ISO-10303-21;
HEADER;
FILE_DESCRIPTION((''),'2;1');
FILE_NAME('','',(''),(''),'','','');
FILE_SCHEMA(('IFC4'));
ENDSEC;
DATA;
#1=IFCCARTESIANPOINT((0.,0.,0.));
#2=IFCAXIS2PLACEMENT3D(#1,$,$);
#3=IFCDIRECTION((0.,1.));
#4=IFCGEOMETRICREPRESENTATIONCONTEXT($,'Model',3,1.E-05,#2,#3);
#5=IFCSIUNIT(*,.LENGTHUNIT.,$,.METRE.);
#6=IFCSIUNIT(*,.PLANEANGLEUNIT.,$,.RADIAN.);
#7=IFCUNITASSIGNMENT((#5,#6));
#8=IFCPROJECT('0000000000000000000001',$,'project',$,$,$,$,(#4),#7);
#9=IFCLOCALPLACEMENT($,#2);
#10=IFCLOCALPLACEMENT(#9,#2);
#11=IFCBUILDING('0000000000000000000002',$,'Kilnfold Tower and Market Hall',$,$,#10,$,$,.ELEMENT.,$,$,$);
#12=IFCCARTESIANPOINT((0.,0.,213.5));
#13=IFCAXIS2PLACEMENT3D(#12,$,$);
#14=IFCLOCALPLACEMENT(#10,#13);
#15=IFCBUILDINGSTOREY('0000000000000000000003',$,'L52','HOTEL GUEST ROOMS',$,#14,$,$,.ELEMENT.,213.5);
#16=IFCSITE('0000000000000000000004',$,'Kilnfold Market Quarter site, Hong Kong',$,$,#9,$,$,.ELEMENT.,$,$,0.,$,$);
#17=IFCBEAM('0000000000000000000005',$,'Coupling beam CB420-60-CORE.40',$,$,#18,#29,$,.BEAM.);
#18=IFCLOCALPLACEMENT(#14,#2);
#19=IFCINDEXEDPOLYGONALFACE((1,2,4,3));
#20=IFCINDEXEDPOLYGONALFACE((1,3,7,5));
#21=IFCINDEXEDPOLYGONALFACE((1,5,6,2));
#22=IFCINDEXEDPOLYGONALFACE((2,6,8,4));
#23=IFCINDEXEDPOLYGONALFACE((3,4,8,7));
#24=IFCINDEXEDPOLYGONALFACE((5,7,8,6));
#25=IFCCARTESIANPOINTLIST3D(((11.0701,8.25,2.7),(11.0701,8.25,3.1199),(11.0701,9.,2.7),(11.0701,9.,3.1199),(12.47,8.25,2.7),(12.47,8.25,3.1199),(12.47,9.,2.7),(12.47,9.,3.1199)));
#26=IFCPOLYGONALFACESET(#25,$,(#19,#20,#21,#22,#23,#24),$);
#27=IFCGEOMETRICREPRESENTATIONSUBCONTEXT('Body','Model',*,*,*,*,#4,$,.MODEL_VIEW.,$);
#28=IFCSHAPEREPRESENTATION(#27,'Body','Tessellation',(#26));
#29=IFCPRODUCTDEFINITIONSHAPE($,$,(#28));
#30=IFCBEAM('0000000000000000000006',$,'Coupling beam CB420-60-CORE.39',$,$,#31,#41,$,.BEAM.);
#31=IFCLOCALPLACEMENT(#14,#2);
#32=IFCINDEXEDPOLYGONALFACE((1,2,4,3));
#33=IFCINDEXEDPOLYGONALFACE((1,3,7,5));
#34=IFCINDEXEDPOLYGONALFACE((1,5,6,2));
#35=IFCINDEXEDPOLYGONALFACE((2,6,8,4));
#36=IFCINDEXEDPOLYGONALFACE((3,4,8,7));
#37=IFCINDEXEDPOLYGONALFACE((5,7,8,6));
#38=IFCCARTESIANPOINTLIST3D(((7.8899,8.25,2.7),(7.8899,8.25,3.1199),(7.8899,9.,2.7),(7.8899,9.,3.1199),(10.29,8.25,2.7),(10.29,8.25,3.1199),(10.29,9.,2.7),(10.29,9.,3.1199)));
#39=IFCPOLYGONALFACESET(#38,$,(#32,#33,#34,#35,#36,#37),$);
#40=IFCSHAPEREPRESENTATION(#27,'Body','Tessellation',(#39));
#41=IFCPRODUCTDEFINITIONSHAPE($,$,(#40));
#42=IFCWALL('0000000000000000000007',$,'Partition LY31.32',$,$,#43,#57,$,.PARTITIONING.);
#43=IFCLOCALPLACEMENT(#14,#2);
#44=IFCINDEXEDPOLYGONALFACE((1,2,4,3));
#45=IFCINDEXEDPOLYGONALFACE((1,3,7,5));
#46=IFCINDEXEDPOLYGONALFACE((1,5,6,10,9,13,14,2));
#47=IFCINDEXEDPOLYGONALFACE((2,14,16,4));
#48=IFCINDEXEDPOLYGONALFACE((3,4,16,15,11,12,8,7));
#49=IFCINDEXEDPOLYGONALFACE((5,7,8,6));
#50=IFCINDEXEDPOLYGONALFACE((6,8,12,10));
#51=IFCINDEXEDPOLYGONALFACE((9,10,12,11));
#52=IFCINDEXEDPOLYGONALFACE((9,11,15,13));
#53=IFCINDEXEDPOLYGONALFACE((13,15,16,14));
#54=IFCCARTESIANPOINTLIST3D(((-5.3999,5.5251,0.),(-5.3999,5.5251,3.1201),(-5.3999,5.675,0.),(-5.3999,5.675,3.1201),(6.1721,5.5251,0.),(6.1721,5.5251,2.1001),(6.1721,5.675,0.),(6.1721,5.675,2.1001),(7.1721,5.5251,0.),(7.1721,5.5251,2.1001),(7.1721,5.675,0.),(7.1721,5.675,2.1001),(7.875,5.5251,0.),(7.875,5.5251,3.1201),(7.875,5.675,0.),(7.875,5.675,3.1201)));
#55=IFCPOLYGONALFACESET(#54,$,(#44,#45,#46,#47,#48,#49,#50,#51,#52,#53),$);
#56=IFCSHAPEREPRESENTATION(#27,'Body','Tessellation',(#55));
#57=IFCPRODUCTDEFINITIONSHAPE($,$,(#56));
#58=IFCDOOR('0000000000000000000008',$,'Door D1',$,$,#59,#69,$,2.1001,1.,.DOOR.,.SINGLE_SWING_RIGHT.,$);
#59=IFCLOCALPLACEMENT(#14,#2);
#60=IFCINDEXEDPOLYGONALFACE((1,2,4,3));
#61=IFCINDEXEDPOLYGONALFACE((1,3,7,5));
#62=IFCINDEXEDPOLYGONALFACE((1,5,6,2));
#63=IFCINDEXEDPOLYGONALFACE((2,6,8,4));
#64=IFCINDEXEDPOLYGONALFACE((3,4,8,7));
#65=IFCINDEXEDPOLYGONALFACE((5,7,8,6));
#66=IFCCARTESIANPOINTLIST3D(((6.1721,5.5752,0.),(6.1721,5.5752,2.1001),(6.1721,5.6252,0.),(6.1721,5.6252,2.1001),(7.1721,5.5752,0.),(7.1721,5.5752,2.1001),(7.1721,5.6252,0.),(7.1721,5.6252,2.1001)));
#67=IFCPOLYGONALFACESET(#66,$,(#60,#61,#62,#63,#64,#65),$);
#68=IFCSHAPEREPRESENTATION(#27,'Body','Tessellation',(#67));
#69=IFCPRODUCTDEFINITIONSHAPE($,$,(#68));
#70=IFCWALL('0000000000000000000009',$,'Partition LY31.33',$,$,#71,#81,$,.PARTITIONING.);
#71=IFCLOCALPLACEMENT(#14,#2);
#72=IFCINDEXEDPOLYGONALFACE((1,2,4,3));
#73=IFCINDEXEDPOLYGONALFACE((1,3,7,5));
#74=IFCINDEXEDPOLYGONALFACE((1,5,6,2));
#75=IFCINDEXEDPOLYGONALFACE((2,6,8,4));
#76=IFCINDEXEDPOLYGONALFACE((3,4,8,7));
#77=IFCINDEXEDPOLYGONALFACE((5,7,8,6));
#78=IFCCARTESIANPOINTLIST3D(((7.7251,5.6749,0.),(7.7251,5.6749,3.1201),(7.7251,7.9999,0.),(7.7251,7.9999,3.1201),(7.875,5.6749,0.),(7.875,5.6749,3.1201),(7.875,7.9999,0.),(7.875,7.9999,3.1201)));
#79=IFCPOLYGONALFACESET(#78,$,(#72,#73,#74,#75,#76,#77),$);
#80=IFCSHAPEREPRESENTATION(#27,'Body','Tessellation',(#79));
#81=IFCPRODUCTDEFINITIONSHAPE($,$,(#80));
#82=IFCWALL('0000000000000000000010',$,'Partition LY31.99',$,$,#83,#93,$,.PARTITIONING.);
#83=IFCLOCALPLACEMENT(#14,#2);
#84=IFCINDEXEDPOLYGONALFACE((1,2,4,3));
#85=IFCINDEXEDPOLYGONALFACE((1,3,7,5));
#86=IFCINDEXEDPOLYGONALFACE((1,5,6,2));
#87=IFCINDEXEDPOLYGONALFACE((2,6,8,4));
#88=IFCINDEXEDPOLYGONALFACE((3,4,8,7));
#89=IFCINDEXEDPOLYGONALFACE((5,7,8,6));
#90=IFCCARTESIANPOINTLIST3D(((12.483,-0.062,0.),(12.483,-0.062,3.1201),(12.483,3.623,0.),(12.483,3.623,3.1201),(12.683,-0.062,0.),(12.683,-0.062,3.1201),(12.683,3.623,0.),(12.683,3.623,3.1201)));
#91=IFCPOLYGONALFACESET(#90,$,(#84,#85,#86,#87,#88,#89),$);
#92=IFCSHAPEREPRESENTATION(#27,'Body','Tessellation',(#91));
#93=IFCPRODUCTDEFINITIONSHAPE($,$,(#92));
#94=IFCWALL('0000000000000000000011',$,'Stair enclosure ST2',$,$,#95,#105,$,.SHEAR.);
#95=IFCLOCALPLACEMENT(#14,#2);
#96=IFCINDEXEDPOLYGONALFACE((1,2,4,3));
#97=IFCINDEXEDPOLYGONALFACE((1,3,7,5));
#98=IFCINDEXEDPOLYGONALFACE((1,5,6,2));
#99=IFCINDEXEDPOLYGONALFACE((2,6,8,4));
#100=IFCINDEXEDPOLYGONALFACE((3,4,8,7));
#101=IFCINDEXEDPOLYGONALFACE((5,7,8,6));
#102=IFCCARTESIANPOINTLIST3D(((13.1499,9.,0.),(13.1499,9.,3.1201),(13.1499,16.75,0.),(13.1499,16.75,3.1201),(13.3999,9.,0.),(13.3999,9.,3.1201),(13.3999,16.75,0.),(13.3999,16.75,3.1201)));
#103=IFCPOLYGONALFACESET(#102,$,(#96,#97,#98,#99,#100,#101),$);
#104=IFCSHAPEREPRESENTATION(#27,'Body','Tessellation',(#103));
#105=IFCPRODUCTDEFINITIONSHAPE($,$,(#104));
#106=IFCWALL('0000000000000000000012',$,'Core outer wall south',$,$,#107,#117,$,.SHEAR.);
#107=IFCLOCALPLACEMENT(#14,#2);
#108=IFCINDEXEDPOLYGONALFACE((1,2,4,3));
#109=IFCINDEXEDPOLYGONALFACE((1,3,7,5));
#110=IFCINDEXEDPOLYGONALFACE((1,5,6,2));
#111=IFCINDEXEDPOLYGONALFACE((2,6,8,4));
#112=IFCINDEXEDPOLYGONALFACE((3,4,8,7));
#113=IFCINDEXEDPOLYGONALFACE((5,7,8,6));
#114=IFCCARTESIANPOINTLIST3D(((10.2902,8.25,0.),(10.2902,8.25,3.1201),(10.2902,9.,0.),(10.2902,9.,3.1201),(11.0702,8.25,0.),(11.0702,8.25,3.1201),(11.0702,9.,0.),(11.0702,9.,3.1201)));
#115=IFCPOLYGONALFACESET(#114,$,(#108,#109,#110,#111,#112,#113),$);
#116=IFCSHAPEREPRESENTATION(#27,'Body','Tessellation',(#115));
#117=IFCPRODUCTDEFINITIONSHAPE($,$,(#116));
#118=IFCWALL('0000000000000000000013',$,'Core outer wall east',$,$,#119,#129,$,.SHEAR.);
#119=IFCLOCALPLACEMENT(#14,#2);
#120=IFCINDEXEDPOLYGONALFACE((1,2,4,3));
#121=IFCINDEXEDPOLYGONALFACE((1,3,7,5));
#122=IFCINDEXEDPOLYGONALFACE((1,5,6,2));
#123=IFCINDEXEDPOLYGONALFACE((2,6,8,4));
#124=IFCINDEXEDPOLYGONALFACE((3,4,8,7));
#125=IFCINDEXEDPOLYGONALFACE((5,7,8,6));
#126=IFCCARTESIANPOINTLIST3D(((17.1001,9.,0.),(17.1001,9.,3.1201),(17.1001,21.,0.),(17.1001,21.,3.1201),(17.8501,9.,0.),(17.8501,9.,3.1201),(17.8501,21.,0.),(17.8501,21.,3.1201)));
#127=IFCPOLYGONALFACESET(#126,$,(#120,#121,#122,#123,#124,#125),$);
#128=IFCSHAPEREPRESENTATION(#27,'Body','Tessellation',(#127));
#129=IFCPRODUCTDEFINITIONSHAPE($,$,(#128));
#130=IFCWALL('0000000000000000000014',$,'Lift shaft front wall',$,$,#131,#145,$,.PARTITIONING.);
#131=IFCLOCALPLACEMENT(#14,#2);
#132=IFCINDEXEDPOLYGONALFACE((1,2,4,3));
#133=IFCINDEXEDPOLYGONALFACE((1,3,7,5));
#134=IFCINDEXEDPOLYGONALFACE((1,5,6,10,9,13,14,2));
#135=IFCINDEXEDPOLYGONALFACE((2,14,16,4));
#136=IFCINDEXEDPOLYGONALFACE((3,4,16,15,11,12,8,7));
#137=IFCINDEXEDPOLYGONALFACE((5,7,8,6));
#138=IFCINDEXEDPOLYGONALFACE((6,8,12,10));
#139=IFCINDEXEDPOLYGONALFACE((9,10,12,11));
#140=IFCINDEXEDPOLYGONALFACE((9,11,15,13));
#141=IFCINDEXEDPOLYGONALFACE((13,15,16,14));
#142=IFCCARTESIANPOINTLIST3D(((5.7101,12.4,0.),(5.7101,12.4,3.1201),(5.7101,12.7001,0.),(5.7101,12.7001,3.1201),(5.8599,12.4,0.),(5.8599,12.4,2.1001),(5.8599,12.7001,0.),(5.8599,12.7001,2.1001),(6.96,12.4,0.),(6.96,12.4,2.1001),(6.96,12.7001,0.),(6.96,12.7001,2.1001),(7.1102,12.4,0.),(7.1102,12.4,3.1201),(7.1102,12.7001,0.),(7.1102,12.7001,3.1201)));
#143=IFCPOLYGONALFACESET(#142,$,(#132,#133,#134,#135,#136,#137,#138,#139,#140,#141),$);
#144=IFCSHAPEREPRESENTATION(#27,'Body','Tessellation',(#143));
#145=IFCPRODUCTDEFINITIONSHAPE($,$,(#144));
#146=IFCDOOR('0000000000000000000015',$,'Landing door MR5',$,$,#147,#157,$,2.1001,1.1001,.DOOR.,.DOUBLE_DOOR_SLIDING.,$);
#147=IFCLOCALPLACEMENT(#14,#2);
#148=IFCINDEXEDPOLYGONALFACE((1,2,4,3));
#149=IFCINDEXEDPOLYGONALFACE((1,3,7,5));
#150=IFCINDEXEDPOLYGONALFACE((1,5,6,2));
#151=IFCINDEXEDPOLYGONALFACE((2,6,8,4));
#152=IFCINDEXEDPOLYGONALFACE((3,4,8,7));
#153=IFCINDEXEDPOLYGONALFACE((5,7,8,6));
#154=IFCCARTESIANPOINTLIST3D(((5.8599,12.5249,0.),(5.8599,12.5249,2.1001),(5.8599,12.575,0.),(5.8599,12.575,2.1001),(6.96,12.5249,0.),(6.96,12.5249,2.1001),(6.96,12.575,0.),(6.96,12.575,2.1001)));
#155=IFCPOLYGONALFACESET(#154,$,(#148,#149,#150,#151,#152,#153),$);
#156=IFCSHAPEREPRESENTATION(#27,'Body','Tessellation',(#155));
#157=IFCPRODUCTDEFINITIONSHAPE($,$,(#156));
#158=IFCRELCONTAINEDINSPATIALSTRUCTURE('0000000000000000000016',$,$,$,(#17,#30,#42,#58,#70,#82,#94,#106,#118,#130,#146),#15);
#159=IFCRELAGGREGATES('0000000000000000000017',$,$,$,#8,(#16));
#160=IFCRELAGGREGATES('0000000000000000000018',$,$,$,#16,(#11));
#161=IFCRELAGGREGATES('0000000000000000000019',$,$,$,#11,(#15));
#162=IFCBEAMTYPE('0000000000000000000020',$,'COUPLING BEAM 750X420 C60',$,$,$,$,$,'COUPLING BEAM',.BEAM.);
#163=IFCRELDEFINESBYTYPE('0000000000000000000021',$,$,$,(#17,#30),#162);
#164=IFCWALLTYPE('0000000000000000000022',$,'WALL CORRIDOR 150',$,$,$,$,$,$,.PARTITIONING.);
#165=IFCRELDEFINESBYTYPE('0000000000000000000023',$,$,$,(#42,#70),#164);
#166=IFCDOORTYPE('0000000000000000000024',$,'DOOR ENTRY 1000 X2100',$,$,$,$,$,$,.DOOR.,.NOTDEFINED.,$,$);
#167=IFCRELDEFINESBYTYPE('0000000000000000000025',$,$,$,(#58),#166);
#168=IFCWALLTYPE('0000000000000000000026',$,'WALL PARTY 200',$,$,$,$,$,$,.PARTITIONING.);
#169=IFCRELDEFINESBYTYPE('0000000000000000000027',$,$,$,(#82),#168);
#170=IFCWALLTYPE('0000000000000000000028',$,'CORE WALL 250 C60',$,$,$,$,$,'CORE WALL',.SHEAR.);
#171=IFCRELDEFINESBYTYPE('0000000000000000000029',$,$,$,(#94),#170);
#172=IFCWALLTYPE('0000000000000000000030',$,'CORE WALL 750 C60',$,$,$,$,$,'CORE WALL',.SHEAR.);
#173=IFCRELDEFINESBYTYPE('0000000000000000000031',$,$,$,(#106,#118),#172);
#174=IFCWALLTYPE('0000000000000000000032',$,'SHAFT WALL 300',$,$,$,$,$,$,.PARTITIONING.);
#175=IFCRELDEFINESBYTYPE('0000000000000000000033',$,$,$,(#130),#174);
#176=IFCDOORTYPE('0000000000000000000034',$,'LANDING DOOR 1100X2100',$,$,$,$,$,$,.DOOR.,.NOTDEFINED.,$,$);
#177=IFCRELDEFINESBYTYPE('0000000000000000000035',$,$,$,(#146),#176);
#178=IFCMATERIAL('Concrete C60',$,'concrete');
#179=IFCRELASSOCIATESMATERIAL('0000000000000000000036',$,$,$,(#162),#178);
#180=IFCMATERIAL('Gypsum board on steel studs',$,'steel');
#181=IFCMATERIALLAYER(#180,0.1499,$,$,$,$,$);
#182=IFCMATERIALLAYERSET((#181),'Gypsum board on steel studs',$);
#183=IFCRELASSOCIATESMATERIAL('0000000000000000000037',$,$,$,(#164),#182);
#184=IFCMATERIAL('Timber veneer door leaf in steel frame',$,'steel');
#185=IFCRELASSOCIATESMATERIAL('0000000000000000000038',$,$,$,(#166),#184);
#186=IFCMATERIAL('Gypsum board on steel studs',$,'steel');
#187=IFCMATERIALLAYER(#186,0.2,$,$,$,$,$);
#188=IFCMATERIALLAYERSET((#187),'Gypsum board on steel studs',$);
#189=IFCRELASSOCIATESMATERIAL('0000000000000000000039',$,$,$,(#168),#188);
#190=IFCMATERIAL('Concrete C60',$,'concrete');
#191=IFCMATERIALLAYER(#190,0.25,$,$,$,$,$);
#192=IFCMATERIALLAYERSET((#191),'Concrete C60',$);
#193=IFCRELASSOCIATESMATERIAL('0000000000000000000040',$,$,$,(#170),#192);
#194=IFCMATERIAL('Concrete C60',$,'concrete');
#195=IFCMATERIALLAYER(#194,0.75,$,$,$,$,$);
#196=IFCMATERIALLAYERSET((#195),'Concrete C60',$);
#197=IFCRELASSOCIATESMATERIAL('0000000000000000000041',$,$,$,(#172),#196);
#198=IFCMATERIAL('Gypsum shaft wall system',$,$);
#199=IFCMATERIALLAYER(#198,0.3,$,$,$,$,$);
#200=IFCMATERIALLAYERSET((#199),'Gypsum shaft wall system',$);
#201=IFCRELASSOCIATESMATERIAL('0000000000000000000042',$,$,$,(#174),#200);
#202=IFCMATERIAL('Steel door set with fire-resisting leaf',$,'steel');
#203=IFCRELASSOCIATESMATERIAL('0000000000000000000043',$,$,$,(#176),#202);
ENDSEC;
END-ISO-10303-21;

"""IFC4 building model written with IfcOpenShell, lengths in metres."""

from ifc_helpers import new_model, si_unit, direction, frame, frame_2d, origin, origin_2d, place, context, subcontext, project, spatial, rectangle, extrude, source, transform, mapped, material, layer, layer_set, material_profile, profile_set, type_object, element, fill, save


model = new_model("IFC4")

# Units and contexts
model_context = context("Model", 3, precision=1e-05, world=origin(), true_north=direction((0.0, 1.0)))
body_context = subcontext(model_context, "Body", "Model", "MODEL_VIEW")
ifc_project = project(units=[si_unit("LENGTHUNIT", "METRE"), si_unit("PLANEANGLEUNIT", "RADIAN")], contexts=[model_context])

# Site, building, storey
site_placement = place(None, origin())
site = spatial("IfcSite", under=ifc_project, at=site_placement, Name="Kilnfold Market Quarter site, Hong Kong", CompositionType="ELEMENT", RefElevation=0.0)
building_placement = place(site_placement, origin())
building = spatial("IfcBuilding", under=site, at=building_placement, Name="Kilnfold Tower and Market Hall", CompositionType="ELEMENT")
storey_placement = place(building_placement, frame((0.0, 0.0, 213.5)))
storey = spatial("IfcBuildingStorey", under=building, at=storey_placement, Name="L52", Description="HOTEL GUEST ROOMS", CompositionType="ELEMENT", Elevation=213.5)

# Beams
ifc_material_1 = material(Name="Concrete C60", Category="concrete")
ifc_material_profile = material_profile(ifc_material_1, rectangle(XDim=0.75, YDim=0.4199, at=origin_2d()), Name="RC 750x420")
ifc_profile_set = profile_set([ifc_material_profile], Name="Concrete C60")
beam_type = type_object("IfcBeamType", Name="COUPLING BEAM 750X420 C60", ElementType="COUPLING BEAM", PredefinedType="BEAM", material=ifc_profile_set)
shared_shape_1 = source(origin(), body_context, "Body", "SweptSolid", [
    extrude(rectangle(XDim=0.75, YDim=0.4199, at=origin_2d()), origin(), (0.0, 0.0, 1.0), 1.3999),
])
beam_1_placement = place(storey_placement, frame((11.0701, 8.625, 2.9099), z_axis=(1.0, 0.0, 0.0), x_axis=(0.0, 1.0, 0.0)))
element("IfcBeam", 1, at=beam_1_placement, inside=storey, type_object=beam_type, Name="Coupling beam CB420-60-CORE.40", PredefinedType="BEAM", context=body_context, shape_type="MappedRepresentation", body=[
    mapped(shared_shape_1, transform((0.0, 0.0, 0.0))),
])
shared_shape_2 = source(origin(), body_context, "Body", "SweptSolid", [
    extrude(rectangle(XDim=0.75, YDim=0.4199, at=origin_2d()), origin(), (0.0, 0.0, 1.0), 2.4001),
])
beam_2_placement = place(storey_placement, frame((7.8899, 8.625, 2.9099), z_axis=(1.0, 0.0, 0.0), x_axis=(0.0, 1.0, 0.0)))
element("IfcBeam", 2, at=beam_2_placement, inside=storey, type_object=beam_type, Name="Coupling beam CB420-60-CORE.39", PredefinedType="BEAM", context=body_context, shape_type="MappedRepresentation", body=[
    mapped(shared_shape_2, transform((0.0, 0.0, 0.0))),
])

# Wall, opening, door
ifc_material_2 = material(Name="Gypsum board on steel studs", Category="steel")
ifc_layer_1 = layer(ifc_material_2, 0.1499)
ifc_layer_set_1 = layer_set([ifc_layer_1], Name="Gypsum board on steel studs")
wall_type_1 = type_object("IfcWallType", Name="WALL CORRIDOR 150", PredefinedType="PARTITIONING", material=ifc_layer_set_1)
wall_1_placement = place(storey_placement, frame((7.875, 5.6001, 0.0), z_axis=(0.0, 0.0, 1.0), x_axis=(-1.0, 0.0, 0.0)))
wall_1 = element("IfcWall", 3, at=wall_1_placement, inside=storey, type_object=wall_type_1, Name="Partition LY31.32", PredefinedType="PARTITIONING", context=body_context, shape_type="SweptSolid", body=[
    extrude(rectangle(XDim=13.2749, YDim=0.1499, at=frame_2d((6.6375, 0.0))), origin(), (0.0, 0.0, 1.0), 3.1201),
])
opening_1_placement = place(wall_1_placement, frame((0.7029, 0.0, 0.0)))
opening_1 = element("IfcOpeningElement", 4, at=opening_1_placement, cuts=wall_1, PredefinedType="OPENING", context=body_context, shape_type="SweptSolid", body=[
    extrude(rectangle(XDim=1.0, YDim=2.1001, at=frame_2d((0.5, 1.05))), frame((0.0, 0.085, 0.0), z_axis=(0.0, -1.0, 0.0), x_axis=(1.0, 0.0, 0.0)), (0.0, 0.0, 1.0), 0.1699),
])
ifc_material_3 = material(Name="Timber veneer door leaf in steel frame", Category="steel")
door_type_1 = type_object("IfcDoorType", Name="DOOR ENTRY 1000 X2100", OperationType="NOTDEFINED", PredefinedType="DOOR", material=ifc_material_3)
door_1_placement = place(opening_1_placement, origin())
door_1 = element("IfcDoor", 5, at=door_1_placement, inside=storey, type_object=door_type_1, Name="Door D1", OperationType="SINGLE_SWING_RIGHT", OverallHeight=2.1001, OverallWidth=1.0, PredefinedType="DOOR", context=body_context, shape_type="SweptSolid", body=[
    extrude(rectangle(XDim=1.0, YDim=2.1001, at=frame_2d((0.5, 1.05))), frame((0.0, 0.0249, 0.0), z_axis=(0.0, -1.0, 0.0), x_axis=(1.0, 0.0, 0.0)), (0.0, 0.0, 1.0), 0.05),
])
fill(opening_1, door_1)

# Walls
wall_2_placement = place(storey_placement, frame((7.8, 8.0, 0.0), z_axis=(0.0, 0.0, 1.0), x_axis=(0.0, -1.0, 0.0)))
element("IfcWall", 6, at=wall_2_placement, inside=storey, type_object=wall_type_1, Name="Partition LY31.33", PredefinedType="PARTITIONING", context=body_context, shape_type="SweptSolid", body=[
    extrude(rectangle(XDim=2.325, YDim=0.1499, at=frame_2d((1.1626, 0.0))), origin(), (0.0, 0.0, 1.0), 3.1201),
])
ifc_material_4 = material(Name="Gypsum board on steel studs", Category="steel")
ifc_layer_2 = layer(ifc_material_4, 0.2)
ifc_layer_set_2 = layer_set([ifc_layer_2], Name="Gypsum board on steel studs")
wall_type_2 = type_object("IfcWallType", Name="WALL PARTY 200", PredefinedType="PARTITIONING", material=ifc_layer_set_2)
wall_3_placement = place(storey_placement, frame((12.583, -0.062, 0.0), z_axis=(0.0, 0.0, 1.0), x_axis=(0.0, 1.0, 0.0)))
element("IfcWall", 7, at=wall_3_placement, inside=storey, type_object=wall_type_2, Name="Partition LY31.99", PredefinedType="PARTITIONING", context=body_context, shape_type="SweptSolid", body=[
    extrude(rectangle(XDim=3.6851, YDim=0.2, at=frame_2d((1.8425, 0.0))), origin(), (0.0, 0.0, 1.0), 3.1201),
])
ifc_material_5 = material(Name="Concrete C60", Category="concrete")
ifc_layer_3 = layer(ifc_material_5, 0.25)
ifc_layer_set_3 = layer_set([ifc_layer_3], Name="Concrete C60")
wall_type_3 = type_object("IfcWallType", Name="CORE WALL 250 C60", ElementType="CORE WALL", PredefinedType="SHEAR", material=ifc_layer_set_3)
shared_shape_3 = source(origin(), body_context, "Body", "SweptSolid", [
    extrude(rectangle(XDim=7.75, YDim=0.25, at=frame_2d((3.875, 0.0))), origin(), (0.0, 0.0, 1.0), 3.1201),
])
wall_4_placement = place(storey_placement, frame((13.2749, 9.0, 0.0), z_axis=(0.0, 0.0, 1.0), x_axis=(0.0, 1.0, 0.0)))
element("IfcWall", 8, at=wall_4_placement, inside=storey, type_object=wall_type_3, Name="Stair enclosure ST2", PredefinedType="SHEAR", context=body_context, shape_type="MappedRepresentation", body=[
    mapped(shared_shape_3, transform((0.0, 0.0, 0.0))),
])
ifc_material_6 = material(Name="Concrete C60", Category="concrete")
ifc_layer_4 = layer(ifc_material_6, 0.75)
ifc_layer_set_4 = layer_set([ifc_layer_4], Name="Concrete C60")
wall_type_4 = type_object("IfcWallType", Name="CORE WALL 750 C60", ElementType="CORE WALL", PredefinedType="SHEAR", material=ifc_layer_set_4)
shared_shape_4 = source(origin(), body_context, "Body", "SweptSolid", [
    extrude(rectangle(XDim=0.78, YDim=0.75, at=frame_2d((0.3901, 0.0))), origin(), (0.0, 0.0, 1.0), 3.1201),
])
wall_5_placement = place(storey_placement, frame((10.29, 8.625, 0.0), z_axis=(0.0, 0.0, 1.0), x_axis=(1.0, 0.0, 0.0)))
element("IfcWall", 9, at=wall_5_placement, inside=storey, type_object=wall_type_4, Name="Core outer wall south", PredefinedType="SHEAR", context=body_context, shape_type="MappedRepresentation", body=[
    mapped(shared_shape_4, transform((0.0, 0.0, 0.0))),
])

# Wall
shared_shape_5 = source(origin(), body_context, "Body", "SweptSolid", [
    extrude(rectangle(XDim=12.0, YDim=0.75, at=frame_2d((6.0, 0.0))), origin(), (0.0, 0.0, 1.0), 3.1201),
])
wall_6_placement = place(storey_placement, frame((17.4751, 9.0, 0.0), z_axis=(0.0, 0.0, 1.0), x_axis=(0.0, 1.0, 0.0)))
element("IfcWall", 10, at=wall_6_placement, inside=storey, type_object=wall_type_4, Name="Core outer wall east", PredefinedType="SHEAR", context=body_context, shape_type="MappedRepresentation", body=[
    mapped(shared_shape_5, transform((0.0, 0.0, 0.0))),
])

# Wall, opening, door
ifc_material_7 = material(Name="Gypsum shaft wall system")
ifc_layer_5 = layer(ifc_material_7, 0.3)
ifc_layer_set_5 = layer_set([ifc_layer_5], Name="Gypsum shaft wall system")
wall_type_5 = type_object("IfcWallType", Name="SHAFT WALL 300", PredefinedType="PARTITIONING", material=ifc_layer_set_5)
shared_shape_6 = source(origin(), body_context, "Body", "SweptSolid", [
    extrude(rectangle(XDim=1.4001, YDim=0.3, at=frame_2d((0.7002, 0.0))), origin(), (0.0, 0.0, 1.0), 3.1201),
])
wall_7_placement = place(storey_placement, frame((5.71, 12.55, 0.0), z_axis=(0.0, 0.0, 1.0), x_axis=(1.0, 0.0, 0.0)))
wall_7 = element("IfcWall", 11, at=wall_7_placement, inside=storey, type_object=wall_type_5, Name="Lift shaft front wall", PredefinedType="PARTITIONING", context=body_context, shape_type="MappedRepresentation", body=[
    mapped(shared_shape_6, transform((0.0, 0.0, 0.0))),
])
opening_2_placement = place(wall_7_placement, frame((0.1499, 0.0, 0.0)))
opening_2 = element("IfcOpeningElement", 12, at=opening_2_placement, cuts=wall_7, PredefinedType="OPENING", context=body_context, shape_type="SweptSolid", body=[
    extrude(rectangle(XDim=1.1001, YDim=2.1001, at=frame_2d((0.55, 1.05))), frame((0.0, 0.1602, 0.0), z_axis=(0.0, -1.0, 0.0), x_axis=(1.0, 0.0, 0.0)), (0.0, 0.0, 1.0), 0.3201),
])
ifc_material_8 = material(Name="Steel door set with fire-resisting leaf", Category="steel")
door_type_2 = type_object("IfcDoorType", Name="LANDING DOOR 1100X2100", OperationType="NOTDEFINED", PredefinedType="DOOR", material=ifc_material_8)
door_2_placement = place(opening_2_placement, origin())
door_2 = element("IfcDoor", 13, at=door_2_placement, inside=storey, type_object=door_type_2, Name="Landing door MR5", OperationType="DOUBLE_DOOR_SLIDING", OverallHeight=2.1001, OverallWidth=1.1001, PredefinedType="DOOR", context=body_context, shape_type="SweptSolid", body=[
    extrude(rectangle(XDim=1.1001, YDim=2.1001, at=frame_2d((0.55, 1.05))), frame((0.0, 0.0249, 0.0), z_axis=(0.0, -1.0, 0.0), x_axis=(1.0, 0.0, 0.0)), (0.0, 0.0, 1.0), 0.05),
])
fill(opening_2, door_2)

save(model, "model.ifc")
